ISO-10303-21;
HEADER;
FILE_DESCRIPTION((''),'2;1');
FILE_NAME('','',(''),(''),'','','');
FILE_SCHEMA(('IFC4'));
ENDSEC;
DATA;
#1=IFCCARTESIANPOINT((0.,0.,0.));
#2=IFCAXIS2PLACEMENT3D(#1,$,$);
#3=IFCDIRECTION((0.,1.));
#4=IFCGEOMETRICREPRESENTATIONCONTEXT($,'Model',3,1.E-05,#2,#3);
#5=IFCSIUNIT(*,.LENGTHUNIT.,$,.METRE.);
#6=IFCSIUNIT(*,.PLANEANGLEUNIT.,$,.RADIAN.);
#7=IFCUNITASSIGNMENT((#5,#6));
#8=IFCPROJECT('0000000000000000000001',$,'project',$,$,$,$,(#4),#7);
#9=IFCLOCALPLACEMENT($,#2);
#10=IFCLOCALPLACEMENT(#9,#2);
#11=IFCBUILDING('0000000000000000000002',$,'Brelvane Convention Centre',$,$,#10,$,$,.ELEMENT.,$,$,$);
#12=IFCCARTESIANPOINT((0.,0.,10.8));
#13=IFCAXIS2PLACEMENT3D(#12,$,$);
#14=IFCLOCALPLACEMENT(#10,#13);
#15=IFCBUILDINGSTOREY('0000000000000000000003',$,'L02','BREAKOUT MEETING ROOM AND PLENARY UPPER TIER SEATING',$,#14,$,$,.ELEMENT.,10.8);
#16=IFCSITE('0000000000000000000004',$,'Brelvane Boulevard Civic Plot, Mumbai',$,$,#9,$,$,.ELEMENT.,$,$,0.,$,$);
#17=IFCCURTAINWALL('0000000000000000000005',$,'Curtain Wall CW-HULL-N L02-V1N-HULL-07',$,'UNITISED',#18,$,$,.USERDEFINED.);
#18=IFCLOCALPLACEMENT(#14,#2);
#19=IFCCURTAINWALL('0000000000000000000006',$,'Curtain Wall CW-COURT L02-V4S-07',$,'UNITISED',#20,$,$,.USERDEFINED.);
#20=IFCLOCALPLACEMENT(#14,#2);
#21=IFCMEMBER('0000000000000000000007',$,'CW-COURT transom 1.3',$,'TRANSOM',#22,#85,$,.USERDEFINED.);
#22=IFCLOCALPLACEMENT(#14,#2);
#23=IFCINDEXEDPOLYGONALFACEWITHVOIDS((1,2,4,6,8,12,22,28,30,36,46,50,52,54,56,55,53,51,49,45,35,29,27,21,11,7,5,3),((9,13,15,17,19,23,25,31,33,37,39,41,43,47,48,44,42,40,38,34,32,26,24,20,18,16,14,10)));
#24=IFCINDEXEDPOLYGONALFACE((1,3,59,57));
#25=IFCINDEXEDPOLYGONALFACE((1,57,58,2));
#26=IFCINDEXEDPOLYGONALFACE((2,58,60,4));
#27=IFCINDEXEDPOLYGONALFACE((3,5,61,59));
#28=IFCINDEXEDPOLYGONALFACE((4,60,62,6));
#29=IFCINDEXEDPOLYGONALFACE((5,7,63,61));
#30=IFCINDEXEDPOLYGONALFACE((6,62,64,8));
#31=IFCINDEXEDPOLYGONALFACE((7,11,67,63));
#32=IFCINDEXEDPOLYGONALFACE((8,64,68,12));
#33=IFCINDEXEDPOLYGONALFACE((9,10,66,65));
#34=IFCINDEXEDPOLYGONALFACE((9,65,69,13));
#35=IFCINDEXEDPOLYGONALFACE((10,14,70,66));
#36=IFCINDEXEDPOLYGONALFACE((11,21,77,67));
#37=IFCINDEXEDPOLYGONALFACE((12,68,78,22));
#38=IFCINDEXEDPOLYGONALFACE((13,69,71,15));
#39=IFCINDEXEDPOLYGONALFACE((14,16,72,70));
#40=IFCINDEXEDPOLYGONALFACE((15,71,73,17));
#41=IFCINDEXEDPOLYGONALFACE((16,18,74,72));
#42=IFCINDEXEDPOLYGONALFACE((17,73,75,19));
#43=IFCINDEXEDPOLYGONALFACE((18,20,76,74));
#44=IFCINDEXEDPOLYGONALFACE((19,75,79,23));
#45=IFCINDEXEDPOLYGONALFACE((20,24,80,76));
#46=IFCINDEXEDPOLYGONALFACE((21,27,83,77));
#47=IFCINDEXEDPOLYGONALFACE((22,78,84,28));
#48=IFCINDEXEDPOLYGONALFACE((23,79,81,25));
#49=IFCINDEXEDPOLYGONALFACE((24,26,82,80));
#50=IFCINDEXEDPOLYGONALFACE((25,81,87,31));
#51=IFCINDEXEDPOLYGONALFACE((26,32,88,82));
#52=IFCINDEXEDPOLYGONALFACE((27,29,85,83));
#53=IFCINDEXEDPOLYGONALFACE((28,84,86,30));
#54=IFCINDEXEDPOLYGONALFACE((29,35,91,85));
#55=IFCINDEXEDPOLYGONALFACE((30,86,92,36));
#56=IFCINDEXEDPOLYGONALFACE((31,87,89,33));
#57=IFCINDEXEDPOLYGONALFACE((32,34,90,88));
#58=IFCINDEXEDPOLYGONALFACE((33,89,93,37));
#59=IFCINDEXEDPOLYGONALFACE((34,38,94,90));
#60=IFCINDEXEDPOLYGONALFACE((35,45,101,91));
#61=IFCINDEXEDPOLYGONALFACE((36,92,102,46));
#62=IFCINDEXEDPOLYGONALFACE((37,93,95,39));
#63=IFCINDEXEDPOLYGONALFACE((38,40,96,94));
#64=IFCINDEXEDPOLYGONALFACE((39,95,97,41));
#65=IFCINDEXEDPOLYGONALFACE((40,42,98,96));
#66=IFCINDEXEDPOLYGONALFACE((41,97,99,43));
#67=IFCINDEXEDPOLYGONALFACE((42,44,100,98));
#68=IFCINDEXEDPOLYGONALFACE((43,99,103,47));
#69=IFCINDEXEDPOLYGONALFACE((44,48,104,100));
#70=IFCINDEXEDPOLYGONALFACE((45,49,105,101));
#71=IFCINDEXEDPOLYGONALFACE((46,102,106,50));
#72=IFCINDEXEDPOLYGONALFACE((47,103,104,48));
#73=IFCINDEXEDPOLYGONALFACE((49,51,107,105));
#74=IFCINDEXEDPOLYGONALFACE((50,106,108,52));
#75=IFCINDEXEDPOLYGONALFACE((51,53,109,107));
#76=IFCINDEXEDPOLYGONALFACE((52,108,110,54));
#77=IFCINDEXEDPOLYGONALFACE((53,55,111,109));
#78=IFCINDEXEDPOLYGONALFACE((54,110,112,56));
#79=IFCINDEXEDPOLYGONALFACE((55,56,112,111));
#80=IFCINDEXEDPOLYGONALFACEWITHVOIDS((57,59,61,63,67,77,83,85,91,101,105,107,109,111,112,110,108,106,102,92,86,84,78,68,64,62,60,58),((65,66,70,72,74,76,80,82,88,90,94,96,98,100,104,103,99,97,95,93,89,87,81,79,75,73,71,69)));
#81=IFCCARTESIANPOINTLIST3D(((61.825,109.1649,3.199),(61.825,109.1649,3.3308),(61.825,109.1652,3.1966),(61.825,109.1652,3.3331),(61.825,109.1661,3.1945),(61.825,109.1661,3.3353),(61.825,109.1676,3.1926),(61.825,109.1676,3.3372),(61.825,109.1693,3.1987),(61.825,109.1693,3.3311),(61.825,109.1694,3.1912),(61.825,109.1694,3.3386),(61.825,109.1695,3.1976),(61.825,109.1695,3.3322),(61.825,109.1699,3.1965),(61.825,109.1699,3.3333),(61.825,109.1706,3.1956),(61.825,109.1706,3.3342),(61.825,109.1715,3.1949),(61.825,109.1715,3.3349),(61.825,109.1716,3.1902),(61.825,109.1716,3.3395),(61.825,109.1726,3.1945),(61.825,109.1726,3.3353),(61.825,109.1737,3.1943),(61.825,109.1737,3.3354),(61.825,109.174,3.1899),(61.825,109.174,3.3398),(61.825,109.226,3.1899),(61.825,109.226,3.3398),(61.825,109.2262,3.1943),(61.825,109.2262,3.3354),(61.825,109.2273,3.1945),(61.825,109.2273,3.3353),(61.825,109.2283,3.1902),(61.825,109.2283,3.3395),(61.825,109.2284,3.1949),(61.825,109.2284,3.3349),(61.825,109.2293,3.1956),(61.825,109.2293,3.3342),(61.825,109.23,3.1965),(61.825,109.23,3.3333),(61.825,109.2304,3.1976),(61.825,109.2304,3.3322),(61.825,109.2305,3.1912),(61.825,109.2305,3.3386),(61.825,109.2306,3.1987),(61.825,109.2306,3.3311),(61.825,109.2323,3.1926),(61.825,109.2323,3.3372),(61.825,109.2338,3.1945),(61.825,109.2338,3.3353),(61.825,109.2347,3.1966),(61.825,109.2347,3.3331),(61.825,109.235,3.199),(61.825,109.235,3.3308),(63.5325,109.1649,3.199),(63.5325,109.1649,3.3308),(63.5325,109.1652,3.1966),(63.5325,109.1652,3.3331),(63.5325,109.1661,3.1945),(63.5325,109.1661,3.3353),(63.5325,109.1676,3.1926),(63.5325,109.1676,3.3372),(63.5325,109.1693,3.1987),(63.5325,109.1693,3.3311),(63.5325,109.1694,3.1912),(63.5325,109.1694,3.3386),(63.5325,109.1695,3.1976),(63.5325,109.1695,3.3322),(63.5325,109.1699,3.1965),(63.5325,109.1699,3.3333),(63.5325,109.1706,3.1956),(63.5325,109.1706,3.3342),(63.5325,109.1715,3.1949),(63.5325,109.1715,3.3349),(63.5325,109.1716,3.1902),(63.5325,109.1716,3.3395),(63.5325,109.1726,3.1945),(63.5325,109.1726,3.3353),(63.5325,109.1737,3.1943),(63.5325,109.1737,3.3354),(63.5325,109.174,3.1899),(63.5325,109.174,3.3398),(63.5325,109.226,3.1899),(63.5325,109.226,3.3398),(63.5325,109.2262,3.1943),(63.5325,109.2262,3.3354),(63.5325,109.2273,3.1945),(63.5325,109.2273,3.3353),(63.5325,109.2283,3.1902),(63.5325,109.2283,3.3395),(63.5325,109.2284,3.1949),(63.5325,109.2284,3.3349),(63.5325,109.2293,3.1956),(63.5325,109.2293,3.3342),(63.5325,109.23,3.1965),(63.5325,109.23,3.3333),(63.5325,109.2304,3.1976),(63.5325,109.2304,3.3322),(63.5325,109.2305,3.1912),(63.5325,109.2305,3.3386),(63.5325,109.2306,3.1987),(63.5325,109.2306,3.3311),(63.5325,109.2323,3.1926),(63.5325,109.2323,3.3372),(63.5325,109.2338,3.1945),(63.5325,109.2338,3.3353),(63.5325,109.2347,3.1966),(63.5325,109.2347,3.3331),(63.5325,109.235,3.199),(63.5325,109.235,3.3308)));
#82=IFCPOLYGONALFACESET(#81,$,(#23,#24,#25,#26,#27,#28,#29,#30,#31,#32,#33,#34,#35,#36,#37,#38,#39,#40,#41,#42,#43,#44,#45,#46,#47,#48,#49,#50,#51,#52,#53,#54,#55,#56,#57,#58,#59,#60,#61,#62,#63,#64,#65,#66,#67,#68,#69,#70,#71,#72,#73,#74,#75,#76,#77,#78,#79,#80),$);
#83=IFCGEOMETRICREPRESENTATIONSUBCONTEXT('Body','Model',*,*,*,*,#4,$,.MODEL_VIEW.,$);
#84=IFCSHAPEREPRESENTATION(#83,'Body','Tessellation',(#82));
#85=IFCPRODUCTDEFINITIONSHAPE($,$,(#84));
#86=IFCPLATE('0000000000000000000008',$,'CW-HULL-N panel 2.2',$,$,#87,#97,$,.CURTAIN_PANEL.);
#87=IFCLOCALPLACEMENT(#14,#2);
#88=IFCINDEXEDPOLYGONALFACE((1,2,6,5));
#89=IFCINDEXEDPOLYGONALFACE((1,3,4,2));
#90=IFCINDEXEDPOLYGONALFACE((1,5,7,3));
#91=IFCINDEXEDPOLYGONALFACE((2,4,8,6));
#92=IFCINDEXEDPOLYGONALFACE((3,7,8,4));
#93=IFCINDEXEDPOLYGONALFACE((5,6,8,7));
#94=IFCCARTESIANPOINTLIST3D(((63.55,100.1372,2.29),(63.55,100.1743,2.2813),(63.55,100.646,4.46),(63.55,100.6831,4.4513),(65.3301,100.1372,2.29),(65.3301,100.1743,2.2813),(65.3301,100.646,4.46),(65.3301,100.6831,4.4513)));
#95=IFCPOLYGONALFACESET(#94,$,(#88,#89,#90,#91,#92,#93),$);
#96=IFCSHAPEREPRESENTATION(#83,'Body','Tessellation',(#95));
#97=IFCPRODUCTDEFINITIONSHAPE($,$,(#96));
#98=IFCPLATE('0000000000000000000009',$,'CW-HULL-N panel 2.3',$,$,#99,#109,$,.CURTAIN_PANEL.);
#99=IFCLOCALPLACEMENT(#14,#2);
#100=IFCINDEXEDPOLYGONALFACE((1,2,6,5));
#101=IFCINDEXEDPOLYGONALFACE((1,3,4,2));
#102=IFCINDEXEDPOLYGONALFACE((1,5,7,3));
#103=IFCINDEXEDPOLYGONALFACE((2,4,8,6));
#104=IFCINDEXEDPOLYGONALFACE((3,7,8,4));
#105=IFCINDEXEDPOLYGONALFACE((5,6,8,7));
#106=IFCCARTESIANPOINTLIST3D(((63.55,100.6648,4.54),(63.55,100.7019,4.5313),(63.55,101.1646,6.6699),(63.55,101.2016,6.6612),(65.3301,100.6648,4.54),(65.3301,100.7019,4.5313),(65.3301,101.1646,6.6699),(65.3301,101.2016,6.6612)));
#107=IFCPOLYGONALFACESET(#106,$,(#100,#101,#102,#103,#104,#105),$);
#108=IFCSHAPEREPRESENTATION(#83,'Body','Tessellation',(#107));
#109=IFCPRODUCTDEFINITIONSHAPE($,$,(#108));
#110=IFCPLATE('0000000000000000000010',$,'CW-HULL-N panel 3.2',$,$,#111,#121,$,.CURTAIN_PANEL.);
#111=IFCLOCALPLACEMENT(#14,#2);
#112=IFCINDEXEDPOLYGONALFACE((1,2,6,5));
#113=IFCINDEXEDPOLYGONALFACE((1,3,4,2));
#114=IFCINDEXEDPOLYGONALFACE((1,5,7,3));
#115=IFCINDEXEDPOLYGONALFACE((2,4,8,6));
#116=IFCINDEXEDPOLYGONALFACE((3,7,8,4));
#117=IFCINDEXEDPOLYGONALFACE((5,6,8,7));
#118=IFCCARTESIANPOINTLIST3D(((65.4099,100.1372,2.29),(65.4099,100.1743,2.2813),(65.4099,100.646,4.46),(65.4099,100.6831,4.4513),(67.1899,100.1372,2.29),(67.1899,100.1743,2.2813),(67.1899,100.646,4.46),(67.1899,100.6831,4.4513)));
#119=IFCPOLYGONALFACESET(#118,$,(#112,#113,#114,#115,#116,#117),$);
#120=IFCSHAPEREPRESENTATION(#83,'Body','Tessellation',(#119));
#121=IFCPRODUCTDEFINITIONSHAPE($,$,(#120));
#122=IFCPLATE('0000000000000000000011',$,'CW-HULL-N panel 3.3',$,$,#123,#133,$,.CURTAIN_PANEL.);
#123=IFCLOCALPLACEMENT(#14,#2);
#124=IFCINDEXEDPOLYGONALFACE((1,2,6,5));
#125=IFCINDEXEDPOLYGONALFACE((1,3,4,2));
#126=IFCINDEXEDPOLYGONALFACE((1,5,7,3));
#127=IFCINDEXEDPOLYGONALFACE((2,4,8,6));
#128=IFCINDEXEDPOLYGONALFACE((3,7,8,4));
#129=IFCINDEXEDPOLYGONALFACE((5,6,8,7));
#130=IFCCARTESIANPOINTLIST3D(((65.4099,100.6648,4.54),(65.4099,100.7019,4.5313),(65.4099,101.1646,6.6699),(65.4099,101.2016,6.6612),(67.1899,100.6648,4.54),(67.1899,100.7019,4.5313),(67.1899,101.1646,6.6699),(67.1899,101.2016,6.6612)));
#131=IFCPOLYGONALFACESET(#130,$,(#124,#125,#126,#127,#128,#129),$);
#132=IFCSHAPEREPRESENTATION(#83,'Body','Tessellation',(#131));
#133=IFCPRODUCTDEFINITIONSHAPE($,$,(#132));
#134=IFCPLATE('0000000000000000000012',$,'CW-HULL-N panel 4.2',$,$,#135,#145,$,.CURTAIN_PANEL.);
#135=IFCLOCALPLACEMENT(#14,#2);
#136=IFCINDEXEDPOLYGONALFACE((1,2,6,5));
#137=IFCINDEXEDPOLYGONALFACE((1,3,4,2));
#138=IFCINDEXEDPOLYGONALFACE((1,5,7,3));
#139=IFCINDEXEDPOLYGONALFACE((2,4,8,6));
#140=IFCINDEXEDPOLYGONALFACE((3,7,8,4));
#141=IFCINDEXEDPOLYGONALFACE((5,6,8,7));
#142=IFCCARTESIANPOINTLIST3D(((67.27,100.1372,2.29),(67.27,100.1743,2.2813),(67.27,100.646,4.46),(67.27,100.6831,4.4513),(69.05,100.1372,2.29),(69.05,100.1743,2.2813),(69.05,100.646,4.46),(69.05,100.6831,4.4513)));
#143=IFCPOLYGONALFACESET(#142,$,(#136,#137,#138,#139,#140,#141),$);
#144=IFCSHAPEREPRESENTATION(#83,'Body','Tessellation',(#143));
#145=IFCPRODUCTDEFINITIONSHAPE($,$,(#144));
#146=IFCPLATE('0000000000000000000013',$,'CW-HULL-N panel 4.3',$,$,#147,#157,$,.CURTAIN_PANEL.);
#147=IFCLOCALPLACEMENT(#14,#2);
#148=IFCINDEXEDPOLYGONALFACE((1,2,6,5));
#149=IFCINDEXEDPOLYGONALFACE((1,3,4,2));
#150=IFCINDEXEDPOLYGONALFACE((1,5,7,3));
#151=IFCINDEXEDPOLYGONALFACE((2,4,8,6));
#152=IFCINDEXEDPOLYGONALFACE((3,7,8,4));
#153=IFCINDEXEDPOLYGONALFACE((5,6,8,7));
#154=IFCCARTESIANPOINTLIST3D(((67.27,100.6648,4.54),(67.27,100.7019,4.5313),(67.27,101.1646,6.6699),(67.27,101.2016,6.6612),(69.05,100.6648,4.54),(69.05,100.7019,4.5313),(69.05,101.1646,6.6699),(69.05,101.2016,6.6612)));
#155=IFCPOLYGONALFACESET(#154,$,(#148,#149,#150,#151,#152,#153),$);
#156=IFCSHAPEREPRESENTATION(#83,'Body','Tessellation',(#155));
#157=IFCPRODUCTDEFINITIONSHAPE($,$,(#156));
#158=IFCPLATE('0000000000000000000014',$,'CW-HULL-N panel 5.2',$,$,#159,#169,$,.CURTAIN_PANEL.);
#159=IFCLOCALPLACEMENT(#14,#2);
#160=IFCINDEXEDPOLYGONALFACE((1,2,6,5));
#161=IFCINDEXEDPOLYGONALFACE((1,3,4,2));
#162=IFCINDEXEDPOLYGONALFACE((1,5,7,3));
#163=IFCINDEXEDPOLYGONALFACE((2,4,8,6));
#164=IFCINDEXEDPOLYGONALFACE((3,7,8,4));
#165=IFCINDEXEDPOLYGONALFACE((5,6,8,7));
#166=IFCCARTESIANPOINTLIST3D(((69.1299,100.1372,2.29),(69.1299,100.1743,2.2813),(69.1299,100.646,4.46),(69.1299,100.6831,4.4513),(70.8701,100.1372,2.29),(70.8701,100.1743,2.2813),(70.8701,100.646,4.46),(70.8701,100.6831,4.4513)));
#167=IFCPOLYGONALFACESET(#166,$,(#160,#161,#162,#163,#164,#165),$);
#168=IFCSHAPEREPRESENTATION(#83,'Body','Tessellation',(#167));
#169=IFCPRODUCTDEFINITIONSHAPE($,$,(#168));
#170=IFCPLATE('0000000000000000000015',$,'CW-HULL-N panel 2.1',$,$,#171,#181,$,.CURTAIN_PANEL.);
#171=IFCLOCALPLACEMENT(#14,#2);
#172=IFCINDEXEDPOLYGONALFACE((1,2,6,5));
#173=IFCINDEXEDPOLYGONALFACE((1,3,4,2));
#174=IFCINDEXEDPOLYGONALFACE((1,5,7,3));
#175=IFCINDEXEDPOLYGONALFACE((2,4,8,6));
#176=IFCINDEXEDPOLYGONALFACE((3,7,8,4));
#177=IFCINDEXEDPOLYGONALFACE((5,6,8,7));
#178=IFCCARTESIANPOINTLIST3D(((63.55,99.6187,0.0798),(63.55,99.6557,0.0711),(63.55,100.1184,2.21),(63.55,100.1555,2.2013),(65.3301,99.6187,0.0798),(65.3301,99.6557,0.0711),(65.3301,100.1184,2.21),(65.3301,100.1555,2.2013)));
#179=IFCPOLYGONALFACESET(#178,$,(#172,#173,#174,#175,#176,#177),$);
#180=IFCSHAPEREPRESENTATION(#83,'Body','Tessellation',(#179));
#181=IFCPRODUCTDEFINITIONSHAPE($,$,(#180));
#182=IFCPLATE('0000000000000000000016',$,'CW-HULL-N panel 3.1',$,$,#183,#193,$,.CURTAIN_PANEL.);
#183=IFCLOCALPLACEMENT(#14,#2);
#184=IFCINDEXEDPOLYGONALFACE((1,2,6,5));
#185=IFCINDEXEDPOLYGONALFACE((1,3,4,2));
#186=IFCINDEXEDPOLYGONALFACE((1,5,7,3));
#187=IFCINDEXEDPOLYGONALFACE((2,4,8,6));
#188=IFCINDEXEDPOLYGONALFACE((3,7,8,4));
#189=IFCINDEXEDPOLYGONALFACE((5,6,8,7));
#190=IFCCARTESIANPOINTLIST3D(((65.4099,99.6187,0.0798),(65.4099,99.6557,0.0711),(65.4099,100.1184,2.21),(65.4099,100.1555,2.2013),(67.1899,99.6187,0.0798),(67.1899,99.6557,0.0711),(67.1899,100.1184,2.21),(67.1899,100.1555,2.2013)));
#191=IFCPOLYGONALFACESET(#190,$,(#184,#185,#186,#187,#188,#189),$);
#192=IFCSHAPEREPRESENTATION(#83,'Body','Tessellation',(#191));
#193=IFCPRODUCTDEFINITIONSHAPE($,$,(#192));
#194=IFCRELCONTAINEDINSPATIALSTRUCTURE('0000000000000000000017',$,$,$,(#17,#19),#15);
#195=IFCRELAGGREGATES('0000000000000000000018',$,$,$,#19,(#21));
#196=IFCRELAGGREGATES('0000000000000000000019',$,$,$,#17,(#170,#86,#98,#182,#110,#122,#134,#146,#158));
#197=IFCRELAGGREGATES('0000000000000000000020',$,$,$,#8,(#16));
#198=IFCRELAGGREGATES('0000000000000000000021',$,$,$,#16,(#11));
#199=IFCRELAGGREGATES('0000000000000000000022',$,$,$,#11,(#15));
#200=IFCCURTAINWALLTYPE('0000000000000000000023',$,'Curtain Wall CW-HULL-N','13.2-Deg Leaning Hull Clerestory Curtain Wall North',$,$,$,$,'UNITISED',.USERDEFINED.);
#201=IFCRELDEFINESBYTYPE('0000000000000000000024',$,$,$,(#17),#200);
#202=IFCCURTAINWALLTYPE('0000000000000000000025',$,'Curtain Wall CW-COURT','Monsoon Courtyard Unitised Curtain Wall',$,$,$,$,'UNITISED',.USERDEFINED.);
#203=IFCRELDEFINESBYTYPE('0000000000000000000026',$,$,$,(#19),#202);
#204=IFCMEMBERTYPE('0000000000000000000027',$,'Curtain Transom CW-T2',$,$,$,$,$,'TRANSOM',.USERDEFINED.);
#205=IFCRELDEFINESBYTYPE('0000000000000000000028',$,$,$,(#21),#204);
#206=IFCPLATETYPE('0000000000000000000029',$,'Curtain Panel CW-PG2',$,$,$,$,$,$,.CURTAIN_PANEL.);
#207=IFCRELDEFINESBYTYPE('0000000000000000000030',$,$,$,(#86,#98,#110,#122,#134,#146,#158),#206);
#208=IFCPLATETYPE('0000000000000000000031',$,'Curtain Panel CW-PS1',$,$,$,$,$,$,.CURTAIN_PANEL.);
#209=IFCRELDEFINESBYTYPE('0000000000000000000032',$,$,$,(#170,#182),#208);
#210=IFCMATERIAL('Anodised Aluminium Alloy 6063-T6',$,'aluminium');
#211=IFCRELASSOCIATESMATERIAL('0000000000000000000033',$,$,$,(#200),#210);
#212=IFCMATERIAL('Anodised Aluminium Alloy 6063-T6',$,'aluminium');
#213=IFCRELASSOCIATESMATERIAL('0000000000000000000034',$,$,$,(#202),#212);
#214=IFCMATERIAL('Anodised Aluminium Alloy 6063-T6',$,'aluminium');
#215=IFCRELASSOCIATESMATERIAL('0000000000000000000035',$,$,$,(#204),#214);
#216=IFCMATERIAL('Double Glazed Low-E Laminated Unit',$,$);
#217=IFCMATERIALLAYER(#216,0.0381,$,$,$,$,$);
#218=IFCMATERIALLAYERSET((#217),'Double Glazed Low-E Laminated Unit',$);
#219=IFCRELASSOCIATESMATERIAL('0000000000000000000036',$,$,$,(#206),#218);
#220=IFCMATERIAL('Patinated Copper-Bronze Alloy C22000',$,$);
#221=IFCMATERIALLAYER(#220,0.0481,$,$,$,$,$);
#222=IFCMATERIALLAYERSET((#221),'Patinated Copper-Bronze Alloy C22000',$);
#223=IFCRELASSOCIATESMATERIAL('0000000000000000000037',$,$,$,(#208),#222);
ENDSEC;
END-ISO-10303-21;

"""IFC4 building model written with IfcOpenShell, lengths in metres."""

from ifc_helpers import new_model, si_unit, direction, frame, origin, origin_2d, place, context, subcontext, project, spatial, polyline, hollow_rectangle, outline, extrude, material, layer, layer_set, material_profile, profile_set, type_object, element, aggregate, save


model = new_model("IFC4")

# Units and contexts
model_context = context("Model", 3, precision=1e-05, world=origin(), true_north=direction((0.0, 1.0)))
body_context = subcontext(model_context, "Body", "Model", "MODEL_VIEW")
ifc_project = project(units=[si_unit("LENGTHUNIT", "METRE"), si_unit("PLANEANGLEUNIT", "RADIAN")], contexts=[model_context])

# Site, building, storey
site_placement = place(None, origin())
site = spatial("IfcSite", under=ifc_project, at=site_placement, Name="Brelvane Boulevard Civic Plot, Mumbai", CompositionType="ELEMENT", RefElevation=0.0)
building_placement = place(site_placement, origin())
building = spatial("IfcBuilding", under=site, at=building_placement, Name="Brelvane Convention Centre", CompositionType="ELEMENT")
storey_placement = place(building_placement, frame((0.0, 0.0, 10.8)))
storey = spatial("IfcBuildingStorey", under=building, at=storey_placement, Name="L02", Description="BREAKOUT MEETING ROOM AND PLENARY UPPER TIER SEATING", CompositionType="ELEMENT", Elevation=10.8)

# Curtain walls, member
ifc_material_1 = material(Name="Anodised Aluminium Alloy 6063-T6", Category="aluminium")
curtain_wall_type_1 = type_object("IfcCurtainWallType", Name="Curtain Wall CW-HULL-N", Description="13.2-Deg Leaning Hull Clerestory Curtain Wall North", ElementType="UNITISED", PredefinedType="USERDEFINED", material=ifc_material_1)
curtain_wall_1_placement = place(storey_placement, origin())
curtain_wall_1 = element("IfcCurtainWall", 1, at=curtain_wall_1_placement, inside=storey, type_object=curtain_wall_type_1, Name="Curtain Wall CW-HULL-N L02-V1N-HULL-07", ObjectType="UNITISED", PredefinedType="USERDEFINED")
ifc_material_2 = material(Name="Anodised Aluminium Alloy 6063-T6", Category="aluminium")
curtain_wall_type_2 = type_object("IfcCurtainWallType", Name="Curtain Wall CW-COURT", Description="Monsoon Courtyard Unitised Curtain Wall", ElementType="UNITISED", PredefinedType="USERDEFINED", material=ifc_material_2)
curtain_wall_2_placement = place(storey_placement, origin())
curtain_wall_2 = element("IfcCurtainWall", 2, at=curtain_wall_2_placement, inside=storey, type_object=curtain_wall_type_2, Name="Curtain Wall CW-COURT L02-V4S-07", ObjectType="UNITISED", PredefinedType="USERDEFINED")
ifc_material_3 = material(Name="Anodised Aluminium Alloy 6063-T6", Category="aluminium")
ifc_material_profile_1 = material_profile(ifc_material_3, hollow_rectangle(XDim=0.0701, YDim=0.1499, WallThickness=0.0044, InnerFilletRadius=0.0044, OuterFilletRadius=0.009, at=origin_2d()), Name="ALU-T 150x70x4.5")
ifc_profile_set_1 = profile_set([ifc_material_profile_1], Name="Anodised Aluminium Alloy 6063-T6")
member_type_1 = type_object("IfcMemberType", Name="Curtain Transom CW-T2", ElementType="TRANSOM", PredefinedType="USERDEFINED", material=ifc_profile_set_1)
member_1_placement = place(storey_placement, frame((61.825, 109.2, 3.2649), z_axis=(1.0, 0.0, 0.0), x_axis=(0.0, 1.0, 0.0)))
member_1 = element("IfcMember", 3, at=member_1_placement, type_object=member_type_1, Name="CW-COURT transom 1.3", ObjectType="TRANSOM", PredefinedType="USERDEFINED", context=body_context, shape_type="SweptSolid", body=[
    extrude(hollow_rectangle(XDim=0.0701, YDim=0.1499, WallThickness=0.0044, InnerFilletRadius=0.0044, OuterFilletRadius=0.009, at=origin_2d()), origin(), (0.0, 0.0, 1.0), 1.7075),
])
aggregate(curtain_wall_2, [member_1])

# Plates
ifc_material_4 = material(Name="Double Glazed Low-E Laminated Unit")
ifc_layer_1 = layer(ifc_material_4, 0.0381)
ifc_layer_set_1 = layer_set([ifc_layer_1], Name="Double Glazed Low-E Laminated Unit")
plate_type_1 = type_object("IfcPlateType", Name="Curtain Panel CW-PG2", PredefinedType="CURTAIN_PANEL", material=ifc_layer_set_1)
plate_1_placement = place(storey_placement, frame((63.55, 100.1372, 2.29), z_axis=(0.0, -0.973595, 0.228282), x_axis=(1.0, 0.0, 0.0)))
plate_1 = element("IfcPlate", 4, at=plate_1_placement, type_object=plate_type_1, Name="CW-HULL-N panel 2.2", PredefinedType="CURTAIN_PANEL", context=body_context, shape_type="SweptSolid", body=[
    extrude(outline(polyline([(0.0, 0.0), (1.78, 0.0), (1.78, 2.2288), (0.0, 2.2288), (0.0, 0.0)])), origin(), (0.0, 0.0, -1.0), 0.0381),
])
plate_2_placement = place(storey_placement, frame((63.55, 100.6648, 4.54), z_axis=(0.0, -0.973559, 0.228436), x_axis=(1.0, 0.0, 0.0)))
plate_2 = element("IfcPlate", 5, at=plate_2_placement, type_object=plate_type_1, Name="CW-HULL-N panel 2.3", PredefinedType="CURTAIN_PANEL", context=body_context, shape_type="SweptSolid", body=[
    extrude(outline(polyline([(0.0, 0.0), (1.78, 0.0), (1.78, 2.1877), (0.0, 2.1877), (0.0, 0.0)])), origin(), (0.0, 0.0, -1.0), 0.0381),
])
plate_3_placement = place(storey_placement, frame((65.4099, 100.1372, 2.29), z_axis=(0.0, -0.973595, 0.228282), x_axis=(1.0, 0.0, 0.0)))
plate_3 = element("IfcPlate", 6, at=plate_3_placement, type_object=plate_type_1, Name="CW-HULL-N panel 3.2", PredefinedType="CURTAIN_PANEL", context=body_context, shape_type="SweptSolid", body=[
    extrude(outline(polyline([(0.0, 0.0), (1.78, 0.0), (1.78, 2.2288), (0.0, 2.2288), (0.0, 0.0)])), origin(), (0.0, 0.0, -1.0), 0.0381),
])
plate_4_placement = place(storey_placement, frame((65.4099, 100.6648, 4.54), z_axis=(0.0, -0.973559, 0.228436), x_axis=(1.0, 0.0, 0.0)))
plate_4 = element("IfcPlate", 7, at=plate_4_placement, type_object=plate_type_1, Name="CW-HULL-N panel 3.3", PredefinedType="CURTAIN_PANEL", context=body_context, shape_type="SweptSolid", body=[
    extrude(outline(polyline([(0.0, 0.0), (1.78, 0.0), (1.78, 2.1877), (0.0, 2.1877), (0.0, 0.0)])), origin(), (0.0, 0.0, -1.0), 0.0381),
])
plate_5_placement = place(storey_placement, frame((67.27, 100.1372, 2.29), z_axis=(0.0, -0.973595, 0.228282), x_axis=(1.0, 0.0, 0.0)))
plate_5 = element("IfcPlate", 8, at=plate_5_placement, type_object=plate_type_1, Name="CW-HULL-N panel 4.2", PredefinedType="CURTAIN_PANEL", context=body_context, shape_type="SweptSolid", body=[
    extrude(outline(polyline([(0.0, 0.0), (1.78, 0.0), (1.78, 2.2288), (0.0, 2.2288), (0.0, 0.0)])), origin(), (0.0, 0.0, -1.0), 0.0381),
])
plate_6_placement = place(storey_placement, frame((67.27, 100.6648, 4.54), z_axis=(0.0, -0.973559, 0.228436), x_axis=(1.0, 0.0, 0.0)))
plate_6 = element("IfcPlate", 9, at=plate_6_placement, type_object=plate_type_1, Name="CW-HULL-N panel 4.3", PredefinedType="CURTAIN_PANEL", context=body_context, shape_type="SweptSolid", body=[
    extrude(outline(polyline([(0.0, 0.0), (1.78, 0.0), (1.78, 2.1877), (0.0, 2.1877), (0.0, 0.0)])), origin(), (0.0, 0.0, -1.0), 0.0381),
])
plate_7_placement = place(storey_placement, frame((69.1299, 100.1372, 2.29), z_axis=(0.0, -0.973595, 0.228282), x_axis=(1.0, 0.0, 0.0)))
plate_7 = element("IfcPlate", 10, at=plate_7_placement, type_object=plate_type_1, Name="CW-HULL-N panel 5.2", PredefinedType="CURTAIN_PANEL", context=body_context, shape_type="SweptSolid", body=[
    extrude(outline(polyline([(0.0, 0.0), (1.7402, 0.0), (1.7402, 2.2288), (0.0, 2.2288), (0.0, 0.0)])), origin(), (0.0, 0.0, -1.0), 0.0381),
])
ifc_material_5 = material(Name="Patinated Copper-Bronze Alloy C22000")
ifc_layer_2 = layer(ifc_material_5, 0.0481)
ifc_layer_set_2 = layer_set([ifc_layer_2], Name="Patinated Copper-Bronze Alloy C22000")
plate_type_2 = type_object("IfcPlateType", Name="Curtain Panel CW-PS1", PredefinedType="CURTAIN_PANEL", material=ifc_layer_set_2)
plate_8_placement = place(storey_placement, frame((63.55, 99.6187, 0.0798), z_axis=(0.0, -0.973565, 0.228411), x_axis=(1.0, 0.0, 0.0)))
plate_8 = element("IfcPlate", 11, at=plate_8_placement, type_object=plate_type_2, Name="CW-HULL-N panel 2.1", PredefinedType="CURTAIN_PANEL", context=body_context, shape_type="SweptSolid", body=[
    extrude(outline(polyline([(0.0, 0.0), (1.78, 0.0), (1.78, 2.188), (0.0, 2.188), (0.0, 0.0)])), origin(), (0.0, 0.0, -1.0), 0.0381),
])
plate_9_placement = place(storey_placement, frame((65.4099, 99.6187, 0.0798), z_axis=(0.0, -0.973565, 0.228411), x_axis=(1.0, 0.0, 0.0)))
plate_9 = element("IfcPlate", 12, at=plate_9_placement, type_object=plate_type_2, Name="CW-HULL-N panel 3.1", PredefinedType="CURTAIN_PANEL", context=body_context, shape_type="SweptSolid", body=[
    extrude(outline(polyline([(0.0, 0.0), (1.78, 0.0), (1.78, 2.188), (0.0, 2.188), (0.0, 0.0)])), origin(), (0.0, 0.0, -1.0), 0.0381),
])
aggregate(curtain_wall_1, [plate_8, plate_1, plate_2, plate_9, plate_3, plate_4, plate_5, plate_6, plate_7])

save(model, "model.ifc")
